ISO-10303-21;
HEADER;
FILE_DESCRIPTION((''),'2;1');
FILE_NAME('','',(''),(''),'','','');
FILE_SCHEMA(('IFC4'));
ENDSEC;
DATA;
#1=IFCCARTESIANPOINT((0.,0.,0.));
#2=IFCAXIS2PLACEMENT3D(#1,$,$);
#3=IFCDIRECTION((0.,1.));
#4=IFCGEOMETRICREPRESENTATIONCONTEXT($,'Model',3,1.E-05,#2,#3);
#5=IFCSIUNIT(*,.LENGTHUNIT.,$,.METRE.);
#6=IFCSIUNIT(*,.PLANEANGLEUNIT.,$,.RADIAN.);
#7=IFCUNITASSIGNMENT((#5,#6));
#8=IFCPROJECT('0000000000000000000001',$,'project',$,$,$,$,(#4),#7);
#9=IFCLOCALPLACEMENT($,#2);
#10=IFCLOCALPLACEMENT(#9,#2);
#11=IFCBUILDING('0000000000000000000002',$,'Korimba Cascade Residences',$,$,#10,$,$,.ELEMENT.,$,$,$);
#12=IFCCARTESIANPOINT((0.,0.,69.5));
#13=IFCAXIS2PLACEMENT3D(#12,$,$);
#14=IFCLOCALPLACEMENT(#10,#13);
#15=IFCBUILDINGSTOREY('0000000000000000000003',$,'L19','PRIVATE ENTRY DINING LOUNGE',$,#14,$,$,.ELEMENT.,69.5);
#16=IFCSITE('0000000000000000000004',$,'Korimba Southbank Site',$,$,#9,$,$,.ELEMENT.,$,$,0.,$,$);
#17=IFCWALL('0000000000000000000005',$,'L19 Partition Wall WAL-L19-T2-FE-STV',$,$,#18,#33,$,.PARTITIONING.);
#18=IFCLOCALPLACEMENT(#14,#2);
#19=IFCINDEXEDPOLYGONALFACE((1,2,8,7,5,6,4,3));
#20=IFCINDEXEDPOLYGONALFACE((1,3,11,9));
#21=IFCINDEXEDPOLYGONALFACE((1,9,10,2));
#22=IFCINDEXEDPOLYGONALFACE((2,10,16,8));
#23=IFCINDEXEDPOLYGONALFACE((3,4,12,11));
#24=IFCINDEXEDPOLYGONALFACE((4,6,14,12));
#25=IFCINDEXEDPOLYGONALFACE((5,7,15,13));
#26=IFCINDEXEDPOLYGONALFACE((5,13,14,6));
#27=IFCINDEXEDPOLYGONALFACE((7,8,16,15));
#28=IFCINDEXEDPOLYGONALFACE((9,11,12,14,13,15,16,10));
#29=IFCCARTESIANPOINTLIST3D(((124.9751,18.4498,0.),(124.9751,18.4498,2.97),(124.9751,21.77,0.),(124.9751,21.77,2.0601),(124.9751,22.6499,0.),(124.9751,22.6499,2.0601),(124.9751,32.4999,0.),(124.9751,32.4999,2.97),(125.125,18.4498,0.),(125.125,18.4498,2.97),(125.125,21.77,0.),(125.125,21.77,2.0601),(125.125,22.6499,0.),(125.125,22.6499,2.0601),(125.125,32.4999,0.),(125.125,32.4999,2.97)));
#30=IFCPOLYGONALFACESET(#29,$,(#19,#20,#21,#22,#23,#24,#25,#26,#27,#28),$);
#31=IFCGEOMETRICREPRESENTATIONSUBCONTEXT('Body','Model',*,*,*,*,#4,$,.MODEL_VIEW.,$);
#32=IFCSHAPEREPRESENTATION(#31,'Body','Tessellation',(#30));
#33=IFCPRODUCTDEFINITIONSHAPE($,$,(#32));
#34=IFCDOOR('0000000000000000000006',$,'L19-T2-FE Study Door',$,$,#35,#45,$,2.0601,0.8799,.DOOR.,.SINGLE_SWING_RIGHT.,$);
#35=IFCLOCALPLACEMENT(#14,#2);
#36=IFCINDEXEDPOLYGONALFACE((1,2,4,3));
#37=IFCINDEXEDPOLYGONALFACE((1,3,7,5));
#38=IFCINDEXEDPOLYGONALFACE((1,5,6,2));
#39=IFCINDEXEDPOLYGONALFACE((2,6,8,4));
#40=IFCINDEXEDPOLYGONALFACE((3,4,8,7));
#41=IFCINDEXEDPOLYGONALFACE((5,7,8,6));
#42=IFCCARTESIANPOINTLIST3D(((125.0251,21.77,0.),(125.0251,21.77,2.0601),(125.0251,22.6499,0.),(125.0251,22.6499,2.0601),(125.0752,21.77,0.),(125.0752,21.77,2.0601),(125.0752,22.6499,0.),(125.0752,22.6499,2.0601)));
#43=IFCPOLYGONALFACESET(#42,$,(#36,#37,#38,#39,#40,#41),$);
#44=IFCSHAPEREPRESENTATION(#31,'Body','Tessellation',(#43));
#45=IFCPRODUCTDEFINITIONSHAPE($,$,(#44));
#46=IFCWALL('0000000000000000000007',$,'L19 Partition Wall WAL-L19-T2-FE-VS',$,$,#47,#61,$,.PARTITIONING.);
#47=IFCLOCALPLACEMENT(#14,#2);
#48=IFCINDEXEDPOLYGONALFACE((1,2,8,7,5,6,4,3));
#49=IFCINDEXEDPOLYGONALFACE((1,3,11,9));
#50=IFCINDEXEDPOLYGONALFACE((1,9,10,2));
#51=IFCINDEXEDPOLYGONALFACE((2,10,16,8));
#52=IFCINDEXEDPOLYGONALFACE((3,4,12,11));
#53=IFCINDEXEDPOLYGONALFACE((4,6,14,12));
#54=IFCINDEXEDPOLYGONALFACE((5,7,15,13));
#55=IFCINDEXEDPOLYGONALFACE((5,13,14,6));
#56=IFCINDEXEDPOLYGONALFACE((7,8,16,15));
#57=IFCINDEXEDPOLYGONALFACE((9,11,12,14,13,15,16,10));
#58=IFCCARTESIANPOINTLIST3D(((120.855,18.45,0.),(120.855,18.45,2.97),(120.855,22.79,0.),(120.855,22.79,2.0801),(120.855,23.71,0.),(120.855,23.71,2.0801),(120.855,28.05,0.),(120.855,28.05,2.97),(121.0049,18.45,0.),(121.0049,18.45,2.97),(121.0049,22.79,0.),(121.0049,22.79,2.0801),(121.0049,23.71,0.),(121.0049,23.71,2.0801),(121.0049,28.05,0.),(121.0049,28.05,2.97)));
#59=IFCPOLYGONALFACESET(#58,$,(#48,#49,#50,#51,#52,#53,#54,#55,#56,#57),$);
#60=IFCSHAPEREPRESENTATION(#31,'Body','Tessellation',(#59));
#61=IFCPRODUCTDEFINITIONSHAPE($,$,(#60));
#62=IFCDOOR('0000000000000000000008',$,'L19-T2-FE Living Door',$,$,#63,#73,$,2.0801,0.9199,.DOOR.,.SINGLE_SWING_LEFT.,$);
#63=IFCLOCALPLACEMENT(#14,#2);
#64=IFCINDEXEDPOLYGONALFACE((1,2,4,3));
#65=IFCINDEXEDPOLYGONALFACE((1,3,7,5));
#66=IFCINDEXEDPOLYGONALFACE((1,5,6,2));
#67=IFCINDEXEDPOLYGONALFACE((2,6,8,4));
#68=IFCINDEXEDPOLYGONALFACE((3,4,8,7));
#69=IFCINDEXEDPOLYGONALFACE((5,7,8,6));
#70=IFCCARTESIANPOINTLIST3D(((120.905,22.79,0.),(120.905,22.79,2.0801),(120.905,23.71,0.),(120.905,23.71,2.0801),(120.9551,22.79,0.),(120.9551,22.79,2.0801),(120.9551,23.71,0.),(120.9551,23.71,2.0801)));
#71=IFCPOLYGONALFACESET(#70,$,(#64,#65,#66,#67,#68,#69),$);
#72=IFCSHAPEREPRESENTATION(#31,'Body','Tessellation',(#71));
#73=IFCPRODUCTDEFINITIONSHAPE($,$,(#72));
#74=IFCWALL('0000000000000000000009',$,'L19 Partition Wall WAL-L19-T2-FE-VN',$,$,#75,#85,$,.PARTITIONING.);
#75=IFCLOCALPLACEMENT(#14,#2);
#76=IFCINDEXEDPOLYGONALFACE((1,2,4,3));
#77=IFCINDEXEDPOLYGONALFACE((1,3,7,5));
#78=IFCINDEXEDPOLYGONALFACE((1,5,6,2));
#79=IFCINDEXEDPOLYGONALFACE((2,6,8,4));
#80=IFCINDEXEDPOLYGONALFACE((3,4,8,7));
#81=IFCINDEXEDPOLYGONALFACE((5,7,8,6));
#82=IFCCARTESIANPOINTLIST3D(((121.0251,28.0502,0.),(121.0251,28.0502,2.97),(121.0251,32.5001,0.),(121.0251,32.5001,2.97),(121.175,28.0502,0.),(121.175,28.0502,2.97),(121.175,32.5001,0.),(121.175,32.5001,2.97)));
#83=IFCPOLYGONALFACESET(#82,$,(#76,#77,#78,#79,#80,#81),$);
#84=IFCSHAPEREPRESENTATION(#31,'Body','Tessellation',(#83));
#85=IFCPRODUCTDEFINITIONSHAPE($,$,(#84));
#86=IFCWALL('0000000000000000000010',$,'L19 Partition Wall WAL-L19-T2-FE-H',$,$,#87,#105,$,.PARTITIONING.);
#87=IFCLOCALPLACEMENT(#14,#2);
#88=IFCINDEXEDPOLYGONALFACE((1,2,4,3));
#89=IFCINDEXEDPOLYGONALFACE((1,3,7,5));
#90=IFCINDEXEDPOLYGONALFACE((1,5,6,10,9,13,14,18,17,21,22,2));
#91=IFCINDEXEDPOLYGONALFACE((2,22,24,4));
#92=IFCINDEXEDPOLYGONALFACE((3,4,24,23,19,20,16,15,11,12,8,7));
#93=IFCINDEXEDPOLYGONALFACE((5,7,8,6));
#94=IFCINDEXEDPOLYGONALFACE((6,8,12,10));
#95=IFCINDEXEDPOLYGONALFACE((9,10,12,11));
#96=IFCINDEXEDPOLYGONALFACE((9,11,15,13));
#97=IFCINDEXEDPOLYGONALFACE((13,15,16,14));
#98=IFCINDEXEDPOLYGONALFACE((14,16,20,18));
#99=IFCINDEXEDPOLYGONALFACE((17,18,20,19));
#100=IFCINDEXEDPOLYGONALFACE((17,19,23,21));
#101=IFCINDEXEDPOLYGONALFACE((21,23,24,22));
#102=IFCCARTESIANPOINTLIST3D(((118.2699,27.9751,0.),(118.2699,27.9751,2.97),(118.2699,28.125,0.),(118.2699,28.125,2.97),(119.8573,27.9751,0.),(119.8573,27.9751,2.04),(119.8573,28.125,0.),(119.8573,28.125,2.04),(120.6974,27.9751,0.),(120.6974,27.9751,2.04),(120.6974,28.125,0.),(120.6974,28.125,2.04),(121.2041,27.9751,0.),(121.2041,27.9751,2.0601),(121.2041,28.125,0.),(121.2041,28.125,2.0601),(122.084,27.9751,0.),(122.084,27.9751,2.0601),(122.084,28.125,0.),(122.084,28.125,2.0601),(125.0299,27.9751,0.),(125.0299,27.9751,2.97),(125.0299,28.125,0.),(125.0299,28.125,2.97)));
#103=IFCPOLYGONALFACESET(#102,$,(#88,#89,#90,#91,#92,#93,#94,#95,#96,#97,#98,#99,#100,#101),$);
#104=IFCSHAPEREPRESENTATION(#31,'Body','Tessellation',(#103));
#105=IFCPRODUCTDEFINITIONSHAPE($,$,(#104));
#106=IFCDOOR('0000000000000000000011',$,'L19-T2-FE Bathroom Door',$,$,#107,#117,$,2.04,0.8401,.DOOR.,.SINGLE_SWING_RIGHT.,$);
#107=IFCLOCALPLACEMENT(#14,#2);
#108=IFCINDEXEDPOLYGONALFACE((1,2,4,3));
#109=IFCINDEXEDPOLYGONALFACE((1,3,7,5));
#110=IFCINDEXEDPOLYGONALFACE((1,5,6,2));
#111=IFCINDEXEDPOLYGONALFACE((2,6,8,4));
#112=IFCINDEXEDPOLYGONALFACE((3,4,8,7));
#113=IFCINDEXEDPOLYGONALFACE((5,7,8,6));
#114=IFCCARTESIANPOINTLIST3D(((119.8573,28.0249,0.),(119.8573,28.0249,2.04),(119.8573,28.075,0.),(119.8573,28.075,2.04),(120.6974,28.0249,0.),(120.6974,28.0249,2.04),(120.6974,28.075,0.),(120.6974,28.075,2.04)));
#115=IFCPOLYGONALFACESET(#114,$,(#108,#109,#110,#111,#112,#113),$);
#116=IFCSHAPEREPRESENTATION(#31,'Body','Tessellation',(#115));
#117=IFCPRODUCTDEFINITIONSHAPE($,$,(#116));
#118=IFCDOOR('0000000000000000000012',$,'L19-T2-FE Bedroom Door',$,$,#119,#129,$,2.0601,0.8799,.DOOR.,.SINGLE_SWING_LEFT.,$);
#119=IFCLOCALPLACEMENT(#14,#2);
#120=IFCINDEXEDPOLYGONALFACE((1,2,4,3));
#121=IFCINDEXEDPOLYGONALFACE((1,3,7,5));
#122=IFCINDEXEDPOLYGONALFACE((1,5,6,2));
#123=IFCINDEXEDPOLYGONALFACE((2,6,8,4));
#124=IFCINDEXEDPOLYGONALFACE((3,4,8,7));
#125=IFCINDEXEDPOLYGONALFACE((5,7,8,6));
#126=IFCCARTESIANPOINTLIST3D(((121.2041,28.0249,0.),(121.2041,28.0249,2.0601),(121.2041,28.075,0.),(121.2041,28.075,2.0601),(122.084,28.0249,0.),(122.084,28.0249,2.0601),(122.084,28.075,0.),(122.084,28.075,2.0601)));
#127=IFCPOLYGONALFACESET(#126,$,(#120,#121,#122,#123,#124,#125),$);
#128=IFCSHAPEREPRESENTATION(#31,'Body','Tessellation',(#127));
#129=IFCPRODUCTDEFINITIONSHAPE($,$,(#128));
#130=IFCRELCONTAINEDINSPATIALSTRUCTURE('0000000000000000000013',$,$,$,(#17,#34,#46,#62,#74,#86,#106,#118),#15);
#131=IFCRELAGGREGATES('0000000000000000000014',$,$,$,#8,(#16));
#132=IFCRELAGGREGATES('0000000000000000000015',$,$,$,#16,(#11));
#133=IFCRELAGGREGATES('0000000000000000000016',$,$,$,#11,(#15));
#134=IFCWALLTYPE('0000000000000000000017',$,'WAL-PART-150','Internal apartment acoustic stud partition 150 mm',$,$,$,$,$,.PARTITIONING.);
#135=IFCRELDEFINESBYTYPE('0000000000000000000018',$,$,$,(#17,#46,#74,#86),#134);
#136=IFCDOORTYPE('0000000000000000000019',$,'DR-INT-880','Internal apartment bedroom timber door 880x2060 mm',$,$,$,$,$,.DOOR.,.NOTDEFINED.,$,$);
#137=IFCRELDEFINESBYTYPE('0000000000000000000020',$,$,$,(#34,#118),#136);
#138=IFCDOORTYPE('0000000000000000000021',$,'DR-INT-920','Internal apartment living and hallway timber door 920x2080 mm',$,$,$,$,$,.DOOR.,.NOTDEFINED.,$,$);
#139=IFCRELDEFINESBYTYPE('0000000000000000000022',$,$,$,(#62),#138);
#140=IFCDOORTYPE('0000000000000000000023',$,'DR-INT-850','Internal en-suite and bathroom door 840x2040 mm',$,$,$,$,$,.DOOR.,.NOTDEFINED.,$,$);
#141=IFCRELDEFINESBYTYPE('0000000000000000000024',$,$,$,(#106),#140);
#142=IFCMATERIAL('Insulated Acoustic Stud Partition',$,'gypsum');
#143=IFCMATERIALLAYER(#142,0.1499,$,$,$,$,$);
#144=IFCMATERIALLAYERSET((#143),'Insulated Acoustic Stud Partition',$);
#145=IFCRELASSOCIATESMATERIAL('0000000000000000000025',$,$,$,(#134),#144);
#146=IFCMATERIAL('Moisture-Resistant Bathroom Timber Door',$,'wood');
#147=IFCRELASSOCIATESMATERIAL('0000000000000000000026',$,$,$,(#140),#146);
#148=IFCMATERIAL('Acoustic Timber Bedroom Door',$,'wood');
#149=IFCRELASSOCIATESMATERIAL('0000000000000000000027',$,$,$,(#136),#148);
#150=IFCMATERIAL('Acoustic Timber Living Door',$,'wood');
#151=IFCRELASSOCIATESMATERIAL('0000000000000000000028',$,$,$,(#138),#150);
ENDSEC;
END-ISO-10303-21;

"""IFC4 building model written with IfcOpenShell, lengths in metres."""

from ifc_helpers import new_model, si_unit, direction, frame, frame_2d, origin, place, context, subcontext, project, spatial, rectangle, extrude, material, layer, layer_set, type_object, element, fill, save


model = new_model("IFC4")

# Units and contexts
model_context = context("Model", 3, precision=1e-05, world=origin(), true_north=direction((0.0, 1.0)))
body_context = subcontext(model_context, "Body", "Model", "MODEL_VIEW")
ifc_project = project(units=[si_unit("LENGTHUNIT", "METRE"), si_unit("PLANEANGLEUNIT", "RADIAN")], contexts=[model_context])

# Site, building, storey
site_placement = place(None, origin())
site = spatial("IfcSite", under=ifc_project, at=site_placement, Name="Korimba Southbank Site", CompositionType="ELEMENT", RefElevation=0.0)
building_placement = place(site_placement, origin())
building = spatial("IfcBuilding", under=site, at=building_placement, Name="Korimba Cascade Residences", CompositionType="ELEMENT")
storey_placement = place(building_placement, frame((0.0, 0.0, 69.5)))
storey = spatial("IfcBuildingStorey", under=building, at=storey_placement, Name="L19", Description="PRIVATE ENTRY DINING LOUNGE", CompositionType="ELEMENT", Elevation=69.5)

# Walls, openings, doors
ifc_material_1 = material(Name="Insulated Acoustic Stud Partition", Category="gypsum")
ifc_layer_1 = layer(ifc_material_1, 0.1499)
ifc_layer_set_1 = layer_set([ifc_layer_1], Name="Insulated Acoustic Stud Partition")
wall_type_1 = type_object("IfcWallType", Name="WAL-PART-150", Description="Internal apartment acoustic stud partition 150 mm", PredefinedType="PARTITIONING", material=ifc_layer_set_1)
ifc_material_2 = material(Name="Moisture-Resistant Bathroom Timber Door", Category="wood")
door_type_1 = type_object("IfcDoorType", Name="DR-INT-850", Description="Internal en-suite and bathroom door 840x2040 mm", OperationType="NOTDEFINED", PredefinedType="DOOR", material=ifc_material_2)
wall_1_placement = place(storey_placement, frame((125.05, 18.45, 0.0), z_axis=(0.0, 0.0, 1.0), x_axis=(0.0, 1.0, 0.0)))
wall_1 = element("IfcWall", 1, at=wall_1_placement, inside=storey, type_object=wall_type_1, Name="L19 Partition Wall WAL-L19-T2-FE-STV", PredefinedType="PARTITIONING", context=body_context, shape_type="SweptSolid", body=[
    extrude(rectangle(XDim=14.05, YDim=0.1499, at=frame_2d((7.0249, 0.0))), origin(), (0.0, 0.0, 1.0), 2.97),
])
opening_1_placement = place(wall_1_placement, frame((3.3201, 0.0, 0.0)))
opening_1 = element("IfcOpeningElement", 2, at=opening_1_placement, cuts=wall_1, PredefinedType="OPENING", context=body_context, shape_type="SweptSolid", body=[
    extrude(rectangle(XDim=0.8799, YDim=2.0601, at=frame_2d((0.4399, 1.03))), frame((0.0, 0.085, 0.0), z_axis=(0.0, -1.0, 0.0), x_axis=(1.0, 0.0, 0.0)), (0.0, 0.0, 1.0), 0.1699),
])
ifc_material_3 = material(Name="Acoustic Timber Bedroom Door", Category="wood")
door_type_2 = type_object("IfcDoorType", Name="DR-INT-880", Description="Internal apartment bedroom timber door 880x2060 mm", OperationType="NOTDEFINED", PredefinedType="DOOR", material=ifc_material_3)
door_1_placement = place(opening_1_placement, origin())
door_1 = element("IfcDoor", 3, at=door_1_placement, inside=storey, type_object=door_type_2, Name="L19-T2-FE Study Door", OperationType="SINGLE_SWING_RIGHT", OverallHeight=2.0601, OverallWidth=0.8799, PredefinedType="DOOR", context=body_context, shape_type="SweptSolid", body=[
    extrude(rectangle(XDim=0.8799, YDim=2.0601, at=frame_2d((0.4399, 1.03))), frame((0.0, 0.0249, 0.0), z_axis=(0.0, -1.0, 0.0), x_axis=(1.0, 0.0, 0.0)), (0.0, 0.0, 1.0), 0.05),
])
fill(opening_1, door_1)
wall_2_placement = place(storey_placement, frame((120.9299, 18.45, 0.0), z_axis=(0.0, 0.0, 1.0), x_axis=(0.0, 1.0, 0.0)))
wall_2 = element("IfcWall", 4, at=wall_2_placement, inside=storey, type_object=wall_type_1, Name="L19 Partition Wall WAL-L19-T2-FE-VS", PredefinedType="PARTITIONING", context=body_context, shape_type="SweptSolid", body=[
    extrude(rectangle(XDim=9.6001, YDim=0.1499, at=frame_2d((4.8, 0.0))), origin(), (0.0, 0.0, 1.0), 2.97),
])
opening_2_placement = place(wall_2_placement, frame((4.3401, 0.0, 0.0)))
opening_2 = element("IfcOpeningElement", 5, at=opening_2_placement, cuts=wall_2, PredefinedType="OPENING", context=body_context, shape_type="SweptSolid", body=[
    extrude(rectangle(XDim=0.9199, YDim=2.0801, at=frame_2d((0.46, 1.04))), frame((0.0, 0.085, 0.0), z_axis=(0.0, -1.0, 0.0), x_axis=(1.0, 0.0, 0.0)), (0.0, 0.0, 1.0), 0.1699),
])
ifc_material_4 = material(Name="Acoustic Timber Living Door", Category="wood")
door_type_3 = type_object("IfcDoorType", Name="DR-INT-920", Description="Internal apartment living and hallway timber door 920x2080 mm", OperationType="NOTDEFINED", PredefinedType="DOOR", material=ifc_material_4)
door_2_placement = place(opening_2_placement, origin())
door_2 = element("IfcDoor", 6, at=door_2_placement, inside=storey, type_object=door_type_3, Name="L19-T2-FE Living Door", OperationType="SINGLE_SWING_LEFT", OverallHeight=2.0801, OverallWidth=0.9199, PredefinedType="DOOR", context=body_context, shape_type="SweptSolid", body=[
    extrude(rectangle(XDim=0.9199, YDim=2.0801, at=frame_2d((0.46, 1.04))), frame((0.0, 0.0249, 0.0), z_axis=(0.0, -1.0, 0.0), x_axis=(1.0, 0.0, 0.0)), (0.0, 0.0, 1.0), 0.05),
])
fill(opening_2, door_2)

# Wall
wall_3_placement = place(storey_placement, frame((121.1001, 28.05, 0.0), z_axis=(0.0, 0.0, 1.0), x_axis=(0.0, 1.0, 0.0)))
element("IfcWall", 7, at=wall_3_placement, inside=storey, type_object=wall_type_1, Name="L19 Partition Wall WAL-L19-T2-FE-VN", PredefinedType="PARTITIONING", context=body_context, shape_type="SweptSolid", body=[
    extrude(rectangle(XDim=4.45, YDim=0.1499, at=frame_2d((2.2251, 0.0))), origin(), (0.0, 0.0, 1.0), 2.97),
])

# Wall, openings, doors
wall_4_placement = place(storey_placement, frame((118.27, 28.05, 0.0), z_axis=(0.0, 0.0, 1.0), x_axis=(1.0, 0.0, 0.0)))
wall_4 = element("IfcWall", 8, at=wall_4_placement, inside=storey, type_object=wall_type_1, Name="L19 Partition Wall WAL-L19-T2-FE-H", PredefinedType="PARTITIONING", context=body_context, shape_type="SweptSolid", body=[
    extrude(rectangle(XDim=6.76, YDim=0.1499, at=frame_2d((3.3799, 0.0))), origin(), (0.0, 0.0, 1.0), 2.97),
])
opening_3_placement = place(wall_4_placement, frame((1.5874, 0.0, 0.0)))
opening_3 = element("IfcOpeningElement", 9, at=opening_3_placement, cuts=wall_4, PredefinedType="OPENING", context=body_context, shape_type="SweptSolid", body=[
    extrude(rectangle(XDim=0.8401, YDim=2.04, at=frame_2d((0.4199, 1.02))), frame((0.0, 0.085, 0.0), z_axis=(0.0, -1.0, 0.0), x_axis=(1.0, 0.0, 0.0)), (0.0, 0.0, 1.0), 0.1699),
])
opening_4_placement = place(wall_4_placement, frame((2.9341, 0.0, 0.0)))
opening_4 = element("IfcOpeningElement", 10, at=opening_4_placement, cuts=wall_4, PredefinedType="OPENING", context=body_context, shape_type="SweptSolid", body=[
    extrude(rectangle(XDim=0.8799, YDim=2.0601, at=frame_2d((0.4399, 1.03))), frame((0.0, 0.085, 0.0), z_axis=(0.0, -1.0, 0.0), x_axis=(1.0, 0.0, 0.0)), (0.0, 0.0, 1.0), 0.1699),
])
door_3_placement = place(opening_3_placement, origin())
door_3 = element("IfcDoor", 11, at=door_3_placement, inside=storey, type_object=door_type_1, Name="L19-T2-FE Bathroom Door", OperationType="SINGLE_SWING_RIGHT", OverallHeight=2.04, OverallWidth=0.8401, PredefinedType="DOOR", context=body_context, shape_type="SweptSolid", body=[
    extrude(rectangle(XDim=0.8401, YDim=2.04, at=frame_2d((0.4199, 1.02))), frame((0.0, 0.0249, 0.0), z_axis=(0.0, -1.0, 0.0), x_axis=(1.0, 0.0, 0.0)), (0.0, 0.0, 1.0), 0.05),
])
fill(opening_3, door_3)
door_4_placement = place(opening_4_placement, origin())
door_4 = element("IfcDoor", 12, at=door_4_placement, inside=storey, type_object=door_type_2, Name="L19-T2-FE Bedroom Door", OperationType="SINGLE_SWING_LEFT", OverallHeight=2.0601, OverallWidth=0.8799, PredefinedType="DOOR", context=body_context, shape_type="SweptSolid", body=[
    extrude(rectangle(XDim=0.8799, YDim=2.0601, at=frame_2d((0.4399, 1.03))), frame((0.0, 0.0249, 0.0), z_axis=(0.0, -1.0, 0.0), x_axis=(1.0, 0.0, 0.0)), (0.0, 0.0, 1.0), 0.05),
])
fill(opening_4, door_4)

save(model, "model.ifc")
